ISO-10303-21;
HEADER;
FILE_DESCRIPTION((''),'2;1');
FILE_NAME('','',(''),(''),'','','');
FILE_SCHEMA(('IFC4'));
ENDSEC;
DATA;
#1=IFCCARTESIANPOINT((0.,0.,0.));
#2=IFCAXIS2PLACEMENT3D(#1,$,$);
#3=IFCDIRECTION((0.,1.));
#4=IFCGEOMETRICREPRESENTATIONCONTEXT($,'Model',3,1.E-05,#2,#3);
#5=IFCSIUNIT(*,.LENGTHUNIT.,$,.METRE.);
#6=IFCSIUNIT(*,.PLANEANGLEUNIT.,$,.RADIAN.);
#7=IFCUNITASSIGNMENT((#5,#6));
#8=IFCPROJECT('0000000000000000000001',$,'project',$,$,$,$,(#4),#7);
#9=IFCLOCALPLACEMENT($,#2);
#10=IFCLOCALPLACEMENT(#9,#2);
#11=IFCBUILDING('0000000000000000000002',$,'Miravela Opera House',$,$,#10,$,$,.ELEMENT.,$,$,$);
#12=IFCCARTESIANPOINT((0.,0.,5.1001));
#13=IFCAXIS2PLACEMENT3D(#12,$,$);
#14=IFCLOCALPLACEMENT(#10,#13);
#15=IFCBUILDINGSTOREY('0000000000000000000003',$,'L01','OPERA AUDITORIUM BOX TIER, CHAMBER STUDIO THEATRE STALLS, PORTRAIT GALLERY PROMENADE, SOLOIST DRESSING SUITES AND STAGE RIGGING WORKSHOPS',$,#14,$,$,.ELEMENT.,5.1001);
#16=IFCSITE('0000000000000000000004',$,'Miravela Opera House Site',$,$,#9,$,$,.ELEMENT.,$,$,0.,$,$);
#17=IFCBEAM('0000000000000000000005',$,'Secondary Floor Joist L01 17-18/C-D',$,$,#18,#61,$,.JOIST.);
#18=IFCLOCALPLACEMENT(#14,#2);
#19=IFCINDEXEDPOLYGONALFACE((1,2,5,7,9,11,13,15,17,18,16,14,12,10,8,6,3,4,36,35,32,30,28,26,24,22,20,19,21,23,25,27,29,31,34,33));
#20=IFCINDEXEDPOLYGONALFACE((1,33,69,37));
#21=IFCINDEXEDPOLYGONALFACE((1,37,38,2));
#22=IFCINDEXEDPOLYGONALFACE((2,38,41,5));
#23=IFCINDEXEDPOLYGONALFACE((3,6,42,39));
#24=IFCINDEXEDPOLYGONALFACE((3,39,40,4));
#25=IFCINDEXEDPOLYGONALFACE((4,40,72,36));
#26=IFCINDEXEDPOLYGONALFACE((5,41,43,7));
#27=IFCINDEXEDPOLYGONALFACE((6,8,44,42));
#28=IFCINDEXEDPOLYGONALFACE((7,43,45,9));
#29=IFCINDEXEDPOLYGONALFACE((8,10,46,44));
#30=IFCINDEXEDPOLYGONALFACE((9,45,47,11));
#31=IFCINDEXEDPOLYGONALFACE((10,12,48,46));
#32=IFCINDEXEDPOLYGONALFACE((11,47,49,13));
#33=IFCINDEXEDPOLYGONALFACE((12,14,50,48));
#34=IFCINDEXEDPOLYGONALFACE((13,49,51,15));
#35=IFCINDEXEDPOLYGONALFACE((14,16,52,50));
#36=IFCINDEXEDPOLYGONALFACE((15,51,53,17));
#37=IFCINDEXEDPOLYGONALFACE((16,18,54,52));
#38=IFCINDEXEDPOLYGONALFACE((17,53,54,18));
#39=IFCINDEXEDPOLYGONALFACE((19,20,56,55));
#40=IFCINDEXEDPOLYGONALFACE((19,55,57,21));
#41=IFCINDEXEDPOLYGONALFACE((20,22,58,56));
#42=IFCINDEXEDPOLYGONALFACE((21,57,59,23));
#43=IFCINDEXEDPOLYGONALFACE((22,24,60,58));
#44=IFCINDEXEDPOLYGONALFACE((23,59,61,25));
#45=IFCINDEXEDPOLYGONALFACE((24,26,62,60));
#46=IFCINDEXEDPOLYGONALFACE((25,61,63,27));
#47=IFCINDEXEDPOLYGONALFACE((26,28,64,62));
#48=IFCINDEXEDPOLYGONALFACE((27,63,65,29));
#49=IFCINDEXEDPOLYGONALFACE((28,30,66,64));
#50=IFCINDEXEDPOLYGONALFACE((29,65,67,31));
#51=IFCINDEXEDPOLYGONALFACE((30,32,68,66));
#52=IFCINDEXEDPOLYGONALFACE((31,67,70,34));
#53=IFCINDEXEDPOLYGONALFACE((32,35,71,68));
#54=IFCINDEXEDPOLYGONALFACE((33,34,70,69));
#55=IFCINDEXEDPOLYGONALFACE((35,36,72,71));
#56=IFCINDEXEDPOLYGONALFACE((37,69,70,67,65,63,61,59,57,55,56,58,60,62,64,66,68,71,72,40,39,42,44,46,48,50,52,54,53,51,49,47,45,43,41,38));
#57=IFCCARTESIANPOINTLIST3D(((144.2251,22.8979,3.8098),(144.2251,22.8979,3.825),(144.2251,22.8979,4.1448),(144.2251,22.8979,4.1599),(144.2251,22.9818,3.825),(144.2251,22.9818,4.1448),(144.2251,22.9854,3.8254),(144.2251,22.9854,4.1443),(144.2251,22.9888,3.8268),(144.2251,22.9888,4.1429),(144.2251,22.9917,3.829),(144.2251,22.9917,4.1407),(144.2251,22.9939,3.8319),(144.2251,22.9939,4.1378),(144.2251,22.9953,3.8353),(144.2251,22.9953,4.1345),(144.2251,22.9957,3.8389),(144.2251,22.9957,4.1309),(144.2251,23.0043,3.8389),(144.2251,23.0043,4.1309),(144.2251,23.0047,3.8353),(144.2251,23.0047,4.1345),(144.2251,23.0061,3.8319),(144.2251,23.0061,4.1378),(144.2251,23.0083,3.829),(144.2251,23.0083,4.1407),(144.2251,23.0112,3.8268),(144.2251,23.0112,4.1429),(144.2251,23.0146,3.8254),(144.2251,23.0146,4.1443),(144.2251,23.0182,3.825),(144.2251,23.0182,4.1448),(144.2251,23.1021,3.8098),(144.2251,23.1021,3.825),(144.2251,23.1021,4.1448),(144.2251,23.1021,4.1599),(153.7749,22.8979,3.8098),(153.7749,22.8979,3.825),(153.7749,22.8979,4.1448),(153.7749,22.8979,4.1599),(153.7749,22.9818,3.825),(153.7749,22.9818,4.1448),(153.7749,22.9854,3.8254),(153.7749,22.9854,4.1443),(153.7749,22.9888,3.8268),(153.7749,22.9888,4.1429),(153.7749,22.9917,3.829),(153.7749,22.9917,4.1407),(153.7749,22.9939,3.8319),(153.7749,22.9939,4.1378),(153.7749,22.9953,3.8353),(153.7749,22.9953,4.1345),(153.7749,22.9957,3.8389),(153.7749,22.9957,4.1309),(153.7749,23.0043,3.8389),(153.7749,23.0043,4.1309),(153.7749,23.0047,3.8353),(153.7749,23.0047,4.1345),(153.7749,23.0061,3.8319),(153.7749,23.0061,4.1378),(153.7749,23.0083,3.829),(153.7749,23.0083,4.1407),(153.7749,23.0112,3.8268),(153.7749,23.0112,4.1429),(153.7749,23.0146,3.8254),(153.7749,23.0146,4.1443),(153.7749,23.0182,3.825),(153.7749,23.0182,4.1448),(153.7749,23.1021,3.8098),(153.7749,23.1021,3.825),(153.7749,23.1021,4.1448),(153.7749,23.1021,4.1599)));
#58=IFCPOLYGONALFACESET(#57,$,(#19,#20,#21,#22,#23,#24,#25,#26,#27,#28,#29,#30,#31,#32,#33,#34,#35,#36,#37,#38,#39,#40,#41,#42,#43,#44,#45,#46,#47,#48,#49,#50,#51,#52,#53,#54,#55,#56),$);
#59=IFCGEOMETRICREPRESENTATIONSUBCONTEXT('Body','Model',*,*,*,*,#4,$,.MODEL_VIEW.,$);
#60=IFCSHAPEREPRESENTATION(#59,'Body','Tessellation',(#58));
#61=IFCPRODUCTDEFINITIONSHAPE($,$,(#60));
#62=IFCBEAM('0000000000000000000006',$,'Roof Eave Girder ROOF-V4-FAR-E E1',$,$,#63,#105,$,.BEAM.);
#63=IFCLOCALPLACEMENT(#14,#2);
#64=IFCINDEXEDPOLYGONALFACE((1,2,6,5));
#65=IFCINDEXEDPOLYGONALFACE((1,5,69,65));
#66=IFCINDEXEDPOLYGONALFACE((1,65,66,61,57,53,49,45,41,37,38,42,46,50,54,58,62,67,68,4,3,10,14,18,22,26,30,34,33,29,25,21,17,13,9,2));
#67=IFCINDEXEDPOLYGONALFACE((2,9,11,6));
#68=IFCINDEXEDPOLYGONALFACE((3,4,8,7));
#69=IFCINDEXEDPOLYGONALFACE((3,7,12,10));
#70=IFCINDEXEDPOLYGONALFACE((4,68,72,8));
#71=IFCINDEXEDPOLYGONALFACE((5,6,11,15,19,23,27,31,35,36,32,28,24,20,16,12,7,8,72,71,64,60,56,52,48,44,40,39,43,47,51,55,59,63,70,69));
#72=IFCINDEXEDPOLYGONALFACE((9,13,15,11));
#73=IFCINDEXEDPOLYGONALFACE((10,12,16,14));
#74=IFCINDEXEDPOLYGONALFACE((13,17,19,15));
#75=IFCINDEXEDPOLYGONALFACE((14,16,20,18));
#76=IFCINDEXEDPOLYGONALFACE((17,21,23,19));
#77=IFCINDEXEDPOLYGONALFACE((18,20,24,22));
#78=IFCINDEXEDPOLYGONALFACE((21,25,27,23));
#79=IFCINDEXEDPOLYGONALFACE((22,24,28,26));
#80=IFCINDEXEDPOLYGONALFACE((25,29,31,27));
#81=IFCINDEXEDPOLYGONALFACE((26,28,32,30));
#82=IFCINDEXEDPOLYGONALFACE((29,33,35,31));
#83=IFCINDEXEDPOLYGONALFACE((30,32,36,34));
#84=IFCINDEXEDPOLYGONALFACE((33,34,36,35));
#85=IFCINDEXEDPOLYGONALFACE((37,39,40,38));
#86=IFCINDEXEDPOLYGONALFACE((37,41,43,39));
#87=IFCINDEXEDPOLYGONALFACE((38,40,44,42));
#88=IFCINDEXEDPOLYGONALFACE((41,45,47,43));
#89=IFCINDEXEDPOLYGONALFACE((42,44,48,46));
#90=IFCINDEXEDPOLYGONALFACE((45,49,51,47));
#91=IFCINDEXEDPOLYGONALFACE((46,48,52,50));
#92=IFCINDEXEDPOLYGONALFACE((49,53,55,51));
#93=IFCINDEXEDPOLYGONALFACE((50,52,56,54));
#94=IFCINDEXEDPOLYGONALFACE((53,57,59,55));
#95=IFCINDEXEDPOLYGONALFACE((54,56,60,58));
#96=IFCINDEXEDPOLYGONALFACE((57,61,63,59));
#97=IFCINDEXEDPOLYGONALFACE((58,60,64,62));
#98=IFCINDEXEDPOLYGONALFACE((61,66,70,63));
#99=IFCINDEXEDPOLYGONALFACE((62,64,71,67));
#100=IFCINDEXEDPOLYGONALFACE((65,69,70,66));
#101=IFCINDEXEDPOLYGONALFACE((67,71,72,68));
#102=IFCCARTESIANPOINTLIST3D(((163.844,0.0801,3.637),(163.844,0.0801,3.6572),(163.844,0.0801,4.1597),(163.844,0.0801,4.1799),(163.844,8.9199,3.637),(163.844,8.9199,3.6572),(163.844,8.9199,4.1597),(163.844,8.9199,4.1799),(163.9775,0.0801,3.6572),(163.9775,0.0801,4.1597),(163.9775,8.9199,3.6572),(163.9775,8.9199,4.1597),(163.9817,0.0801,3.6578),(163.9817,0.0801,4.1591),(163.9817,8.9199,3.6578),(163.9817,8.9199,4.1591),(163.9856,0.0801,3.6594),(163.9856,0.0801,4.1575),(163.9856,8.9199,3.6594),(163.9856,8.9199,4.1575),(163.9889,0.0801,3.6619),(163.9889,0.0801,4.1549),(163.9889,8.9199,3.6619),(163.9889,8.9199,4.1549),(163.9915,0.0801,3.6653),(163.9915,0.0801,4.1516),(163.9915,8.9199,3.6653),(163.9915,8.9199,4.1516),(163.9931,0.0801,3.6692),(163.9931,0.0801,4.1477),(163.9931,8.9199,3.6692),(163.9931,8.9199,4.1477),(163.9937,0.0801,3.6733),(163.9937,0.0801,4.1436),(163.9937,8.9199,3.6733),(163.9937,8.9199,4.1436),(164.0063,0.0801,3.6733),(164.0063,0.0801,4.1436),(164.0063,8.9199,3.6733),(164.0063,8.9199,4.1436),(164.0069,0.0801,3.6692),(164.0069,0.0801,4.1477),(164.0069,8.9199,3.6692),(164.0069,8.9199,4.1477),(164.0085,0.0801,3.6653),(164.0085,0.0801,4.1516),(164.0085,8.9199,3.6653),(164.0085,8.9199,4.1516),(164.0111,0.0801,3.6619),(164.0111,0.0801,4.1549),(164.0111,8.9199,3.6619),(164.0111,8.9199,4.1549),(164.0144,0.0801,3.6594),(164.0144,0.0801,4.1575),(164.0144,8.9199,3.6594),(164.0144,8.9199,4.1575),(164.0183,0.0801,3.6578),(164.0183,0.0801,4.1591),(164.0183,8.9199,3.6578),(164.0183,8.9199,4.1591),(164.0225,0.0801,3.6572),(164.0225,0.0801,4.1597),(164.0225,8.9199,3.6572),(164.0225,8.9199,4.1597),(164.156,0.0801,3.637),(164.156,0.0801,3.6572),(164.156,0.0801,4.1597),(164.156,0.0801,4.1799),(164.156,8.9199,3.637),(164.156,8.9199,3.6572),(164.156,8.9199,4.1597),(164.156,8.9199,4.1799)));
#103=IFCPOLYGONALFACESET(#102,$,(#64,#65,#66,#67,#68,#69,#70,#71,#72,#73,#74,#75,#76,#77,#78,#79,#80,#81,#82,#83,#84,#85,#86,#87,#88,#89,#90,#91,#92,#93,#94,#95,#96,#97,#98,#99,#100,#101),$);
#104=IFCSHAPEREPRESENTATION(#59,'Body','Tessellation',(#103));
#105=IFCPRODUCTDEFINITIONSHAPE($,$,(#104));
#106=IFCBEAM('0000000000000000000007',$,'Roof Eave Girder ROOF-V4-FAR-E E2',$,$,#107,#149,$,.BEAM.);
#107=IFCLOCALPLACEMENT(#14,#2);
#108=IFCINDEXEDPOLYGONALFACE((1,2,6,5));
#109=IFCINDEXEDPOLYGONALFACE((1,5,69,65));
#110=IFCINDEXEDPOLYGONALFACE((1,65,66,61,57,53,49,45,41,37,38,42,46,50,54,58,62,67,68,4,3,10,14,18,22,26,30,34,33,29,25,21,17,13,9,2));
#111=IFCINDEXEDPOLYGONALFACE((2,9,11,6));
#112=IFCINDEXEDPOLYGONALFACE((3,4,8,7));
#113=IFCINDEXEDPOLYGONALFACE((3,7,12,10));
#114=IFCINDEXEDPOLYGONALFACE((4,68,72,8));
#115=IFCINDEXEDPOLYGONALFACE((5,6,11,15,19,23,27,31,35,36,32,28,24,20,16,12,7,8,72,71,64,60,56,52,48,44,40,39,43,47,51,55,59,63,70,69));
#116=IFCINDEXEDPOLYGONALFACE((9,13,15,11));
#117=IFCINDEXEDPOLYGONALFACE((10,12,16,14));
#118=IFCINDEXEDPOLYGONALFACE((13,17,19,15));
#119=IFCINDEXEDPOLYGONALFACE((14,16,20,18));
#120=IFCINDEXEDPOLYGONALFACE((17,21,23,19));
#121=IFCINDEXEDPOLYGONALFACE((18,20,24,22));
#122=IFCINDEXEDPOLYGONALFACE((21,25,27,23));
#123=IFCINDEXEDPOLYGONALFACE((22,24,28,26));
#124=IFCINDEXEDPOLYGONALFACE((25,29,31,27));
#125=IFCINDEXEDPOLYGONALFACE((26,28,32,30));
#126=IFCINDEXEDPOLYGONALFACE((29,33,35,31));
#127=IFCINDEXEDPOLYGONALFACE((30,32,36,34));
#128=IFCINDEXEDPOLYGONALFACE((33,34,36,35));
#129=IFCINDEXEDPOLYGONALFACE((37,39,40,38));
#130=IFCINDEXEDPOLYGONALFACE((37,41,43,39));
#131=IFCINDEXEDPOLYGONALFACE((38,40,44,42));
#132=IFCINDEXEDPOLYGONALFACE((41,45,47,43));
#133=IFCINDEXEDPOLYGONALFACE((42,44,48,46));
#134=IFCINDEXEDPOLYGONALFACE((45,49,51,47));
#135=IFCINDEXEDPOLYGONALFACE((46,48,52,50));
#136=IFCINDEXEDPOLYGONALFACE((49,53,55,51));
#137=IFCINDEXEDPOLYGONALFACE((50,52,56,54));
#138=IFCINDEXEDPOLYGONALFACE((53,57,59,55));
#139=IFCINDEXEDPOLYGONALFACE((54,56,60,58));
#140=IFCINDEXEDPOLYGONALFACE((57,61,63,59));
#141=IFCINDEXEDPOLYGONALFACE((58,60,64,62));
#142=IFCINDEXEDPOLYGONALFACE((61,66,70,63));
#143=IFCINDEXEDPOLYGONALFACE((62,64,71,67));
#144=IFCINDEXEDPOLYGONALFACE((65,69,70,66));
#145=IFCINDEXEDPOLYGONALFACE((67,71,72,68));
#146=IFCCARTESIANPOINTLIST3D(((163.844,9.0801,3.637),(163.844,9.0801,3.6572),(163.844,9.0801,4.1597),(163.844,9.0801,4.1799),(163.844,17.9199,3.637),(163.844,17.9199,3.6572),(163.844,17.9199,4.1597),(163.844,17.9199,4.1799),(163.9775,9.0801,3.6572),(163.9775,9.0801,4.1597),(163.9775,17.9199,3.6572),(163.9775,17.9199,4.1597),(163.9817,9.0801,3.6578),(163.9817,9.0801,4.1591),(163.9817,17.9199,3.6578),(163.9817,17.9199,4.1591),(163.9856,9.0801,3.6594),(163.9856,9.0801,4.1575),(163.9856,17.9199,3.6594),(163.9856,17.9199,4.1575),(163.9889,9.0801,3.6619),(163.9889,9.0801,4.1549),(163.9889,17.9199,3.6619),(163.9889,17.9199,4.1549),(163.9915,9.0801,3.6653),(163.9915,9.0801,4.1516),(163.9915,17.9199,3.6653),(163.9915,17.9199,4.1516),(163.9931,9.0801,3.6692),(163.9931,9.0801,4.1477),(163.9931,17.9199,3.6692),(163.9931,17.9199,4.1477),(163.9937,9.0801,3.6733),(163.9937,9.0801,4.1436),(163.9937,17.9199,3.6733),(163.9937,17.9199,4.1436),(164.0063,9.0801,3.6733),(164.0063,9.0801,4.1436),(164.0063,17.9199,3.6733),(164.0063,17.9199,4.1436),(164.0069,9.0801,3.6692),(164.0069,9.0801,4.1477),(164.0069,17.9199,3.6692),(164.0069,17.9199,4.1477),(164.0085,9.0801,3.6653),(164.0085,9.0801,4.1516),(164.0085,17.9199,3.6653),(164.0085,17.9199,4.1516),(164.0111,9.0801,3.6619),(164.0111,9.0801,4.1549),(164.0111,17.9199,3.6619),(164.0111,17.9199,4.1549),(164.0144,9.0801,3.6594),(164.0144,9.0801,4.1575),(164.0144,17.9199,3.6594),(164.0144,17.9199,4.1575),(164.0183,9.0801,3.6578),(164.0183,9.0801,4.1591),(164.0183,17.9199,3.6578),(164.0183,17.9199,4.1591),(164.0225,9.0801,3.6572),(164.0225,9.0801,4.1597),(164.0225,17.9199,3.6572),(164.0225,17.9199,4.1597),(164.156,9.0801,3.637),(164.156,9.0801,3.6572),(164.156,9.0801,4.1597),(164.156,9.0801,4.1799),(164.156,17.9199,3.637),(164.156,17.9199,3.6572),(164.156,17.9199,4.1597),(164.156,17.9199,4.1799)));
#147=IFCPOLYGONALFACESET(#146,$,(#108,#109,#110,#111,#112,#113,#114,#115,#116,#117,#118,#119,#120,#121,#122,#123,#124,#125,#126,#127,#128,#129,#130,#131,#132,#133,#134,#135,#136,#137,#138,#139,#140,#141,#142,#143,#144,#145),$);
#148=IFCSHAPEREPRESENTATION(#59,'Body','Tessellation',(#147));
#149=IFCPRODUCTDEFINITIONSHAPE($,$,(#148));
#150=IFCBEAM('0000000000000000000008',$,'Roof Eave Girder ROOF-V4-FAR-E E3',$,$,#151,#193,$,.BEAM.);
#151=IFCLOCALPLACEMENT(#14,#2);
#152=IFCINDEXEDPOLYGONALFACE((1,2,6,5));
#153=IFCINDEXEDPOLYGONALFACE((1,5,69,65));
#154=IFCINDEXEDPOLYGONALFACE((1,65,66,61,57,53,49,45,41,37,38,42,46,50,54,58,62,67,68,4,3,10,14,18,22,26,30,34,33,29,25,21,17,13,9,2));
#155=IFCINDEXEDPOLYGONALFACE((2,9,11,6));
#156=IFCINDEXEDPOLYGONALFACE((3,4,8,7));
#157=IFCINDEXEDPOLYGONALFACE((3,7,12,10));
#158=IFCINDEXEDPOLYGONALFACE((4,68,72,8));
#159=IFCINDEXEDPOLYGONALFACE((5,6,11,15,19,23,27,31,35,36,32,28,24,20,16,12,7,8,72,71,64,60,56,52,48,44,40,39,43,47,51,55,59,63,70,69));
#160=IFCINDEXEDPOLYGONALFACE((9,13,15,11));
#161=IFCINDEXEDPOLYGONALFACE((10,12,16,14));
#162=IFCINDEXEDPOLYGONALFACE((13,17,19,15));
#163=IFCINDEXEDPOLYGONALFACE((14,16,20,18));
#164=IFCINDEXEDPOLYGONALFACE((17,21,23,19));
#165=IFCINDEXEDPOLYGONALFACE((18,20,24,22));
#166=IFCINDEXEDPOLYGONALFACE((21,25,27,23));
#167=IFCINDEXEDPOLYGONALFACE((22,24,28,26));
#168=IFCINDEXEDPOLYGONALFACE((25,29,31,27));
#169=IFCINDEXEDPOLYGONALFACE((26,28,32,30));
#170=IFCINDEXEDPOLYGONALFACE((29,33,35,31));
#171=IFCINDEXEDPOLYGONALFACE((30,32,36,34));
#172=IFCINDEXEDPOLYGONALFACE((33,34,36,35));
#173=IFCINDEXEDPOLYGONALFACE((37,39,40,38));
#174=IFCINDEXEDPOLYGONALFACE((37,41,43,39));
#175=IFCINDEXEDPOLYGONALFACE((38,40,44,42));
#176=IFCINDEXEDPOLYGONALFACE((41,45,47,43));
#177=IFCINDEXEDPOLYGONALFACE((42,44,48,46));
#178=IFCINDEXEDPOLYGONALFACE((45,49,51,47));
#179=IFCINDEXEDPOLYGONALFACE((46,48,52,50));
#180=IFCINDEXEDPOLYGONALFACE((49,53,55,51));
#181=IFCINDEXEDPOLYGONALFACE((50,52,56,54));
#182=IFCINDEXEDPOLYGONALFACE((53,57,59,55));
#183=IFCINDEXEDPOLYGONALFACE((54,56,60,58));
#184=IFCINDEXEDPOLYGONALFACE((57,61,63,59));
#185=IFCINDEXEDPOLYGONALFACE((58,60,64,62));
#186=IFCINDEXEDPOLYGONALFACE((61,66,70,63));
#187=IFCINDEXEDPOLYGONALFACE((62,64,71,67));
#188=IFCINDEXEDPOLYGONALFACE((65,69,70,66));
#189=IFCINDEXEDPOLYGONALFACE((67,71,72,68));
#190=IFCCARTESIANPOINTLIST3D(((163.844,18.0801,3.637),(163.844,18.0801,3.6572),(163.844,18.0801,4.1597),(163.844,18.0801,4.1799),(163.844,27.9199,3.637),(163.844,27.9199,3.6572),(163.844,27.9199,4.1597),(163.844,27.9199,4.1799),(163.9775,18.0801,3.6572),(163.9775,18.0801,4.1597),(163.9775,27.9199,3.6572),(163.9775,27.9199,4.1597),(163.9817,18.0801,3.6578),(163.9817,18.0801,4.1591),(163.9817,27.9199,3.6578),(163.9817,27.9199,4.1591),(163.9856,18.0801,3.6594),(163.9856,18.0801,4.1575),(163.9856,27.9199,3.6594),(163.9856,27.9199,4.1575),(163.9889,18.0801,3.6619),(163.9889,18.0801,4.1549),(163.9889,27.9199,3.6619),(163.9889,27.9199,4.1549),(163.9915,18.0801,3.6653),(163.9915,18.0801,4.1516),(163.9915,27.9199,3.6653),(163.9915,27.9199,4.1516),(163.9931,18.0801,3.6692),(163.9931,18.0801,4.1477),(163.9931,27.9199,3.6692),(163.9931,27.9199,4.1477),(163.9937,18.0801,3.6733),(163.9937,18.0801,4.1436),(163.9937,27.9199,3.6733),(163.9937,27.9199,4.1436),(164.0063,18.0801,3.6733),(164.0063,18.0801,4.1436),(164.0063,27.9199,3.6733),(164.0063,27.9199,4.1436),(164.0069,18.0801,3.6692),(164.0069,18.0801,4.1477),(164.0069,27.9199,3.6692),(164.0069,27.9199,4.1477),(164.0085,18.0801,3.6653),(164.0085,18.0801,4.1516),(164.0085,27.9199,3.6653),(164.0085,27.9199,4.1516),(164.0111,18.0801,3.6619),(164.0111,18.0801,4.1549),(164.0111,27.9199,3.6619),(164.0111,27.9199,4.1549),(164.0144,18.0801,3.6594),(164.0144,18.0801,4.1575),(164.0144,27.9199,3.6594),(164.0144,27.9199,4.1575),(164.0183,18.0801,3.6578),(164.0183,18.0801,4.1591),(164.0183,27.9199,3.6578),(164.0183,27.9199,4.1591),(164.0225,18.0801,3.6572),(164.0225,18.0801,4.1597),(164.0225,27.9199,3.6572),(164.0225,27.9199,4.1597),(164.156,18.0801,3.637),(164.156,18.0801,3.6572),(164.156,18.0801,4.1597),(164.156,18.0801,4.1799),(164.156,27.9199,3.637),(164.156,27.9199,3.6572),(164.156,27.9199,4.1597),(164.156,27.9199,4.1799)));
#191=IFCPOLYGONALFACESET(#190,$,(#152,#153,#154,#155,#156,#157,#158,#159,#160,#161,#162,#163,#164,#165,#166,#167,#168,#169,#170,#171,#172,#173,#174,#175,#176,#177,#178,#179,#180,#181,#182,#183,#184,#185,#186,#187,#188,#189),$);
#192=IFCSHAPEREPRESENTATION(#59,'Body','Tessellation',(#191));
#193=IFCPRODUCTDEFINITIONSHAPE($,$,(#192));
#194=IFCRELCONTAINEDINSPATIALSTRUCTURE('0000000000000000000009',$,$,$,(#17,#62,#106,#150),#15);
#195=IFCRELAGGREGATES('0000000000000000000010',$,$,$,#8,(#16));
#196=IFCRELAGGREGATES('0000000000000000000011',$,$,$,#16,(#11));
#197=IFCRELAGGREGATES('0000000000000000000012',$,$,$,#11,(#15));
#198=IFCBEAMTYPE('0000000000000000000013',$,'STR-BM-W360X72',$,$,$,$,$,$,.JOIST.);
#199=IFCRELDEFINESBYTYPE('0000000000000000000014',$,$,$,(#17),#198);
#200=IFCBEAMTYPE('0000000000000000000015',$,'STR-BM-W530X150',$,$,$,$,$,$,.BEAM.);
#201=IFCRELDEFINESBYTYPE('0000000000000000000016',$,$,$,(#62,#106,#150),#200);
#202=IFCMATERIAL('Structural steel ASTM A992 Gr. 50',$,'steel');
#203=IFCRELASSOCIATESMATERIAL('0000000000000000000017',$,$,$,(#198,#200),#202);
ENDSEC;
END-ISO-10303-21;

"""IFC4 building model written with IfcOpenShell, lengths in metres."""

from ifc_helpers import new_model, si_unit, direction, frame, origin, origin_2d, place, context, subcontext, project, spatial, i_section, extrude, material, material_profile, profile_set, type_object, element, save


model = new_model("IFC4")

# Units and contexts
model_context = context("Model", 3, precision=1e-05, world=origin(), true_north=direction((0.0, 1.0)))
body_context = subcontext(model_context, "Body", "Model", "MODEL_VIEW")
ifc_project = project(units=[si_unit("LENGTHUNIT", "METRE"), si_unit("PLANEANGLEUNIT", "RADIAN")], contexts=[model_context])

# Site, building, storey
site_placement = place(None, origin())
site = spatial("IfcSite", under=ifc_project, at=site_placement, Name="Miravela Opera House Site", CompositionType="ELEMENT", RefElevation=0.0)
building_placement = place(site_placement, origin())
building = spatial("IfcBuilding", under=site, at=building_placement, Name="Miravela Opera House", CompositionType="ELEMENT")
storey_placement = place(building_placement, frame((0.0, 0.0, 5.1001)))
storey = spatial("IfcBuildingStorey", under=building, at=storey_placement, Name="L01", Description="OPERA AUDITORIUM BOX TIER, CHAMBER STUDIO THEATRE STALLS, PORTRAIT GALLERY PROMENADE, SOLOIST DRESSING SUITES AND STAGE RIGGING WORKSHOPS", CompositionType="ELEMENT", Elevation=5.1001)

# Beams
ifc_material_1 = material(Name="Structural steel ASTM A992 Gr. 50", Category="steel")
ifc_material_profile_1 = material_profile(ifc_material_1, i_section(OverallWidth=0.2041, OverallDepth=0.3501, WebThickness=0.0085, FlangeThickness=0.0151, FilletRadius=0.0139, at=origin_2d()), Name="W360X72")
ifc_profile_set_1 = profile_set([ifc_material_profile_1])
beam_type_1 = type_object("IfcBeamType", Name="STR-BM-W360X72", PredefinedType="JOIST", material=ifc_profile_set_1)
beam_1_placement = place(storey_placement, frame((144.2251, 23.0, 3.9849), z_axis=(1.0, 0.0, 0.0), x_axis=(0.0, 1.0, 0.0)))
element("IfcBeam", 1, at=beam_1_placement, inside=storey, type_object=beam_type_1, Name="Secondary Floor Joist L01 17-18/C-D", PredefinedType="JOIST", context=body_context, shape_type="SweptSolid", body=[
    extrude(i_section(OverallWidth=0.2041, OverallDepth=0.3501, WebThickness=0.0085, FlangeThickness=0.0151, FilletRadius=0.0139, at=origin_2d()), origin(), (0.0, 0.0, 1.0), 9.5498),
])
ifc_material_profile_2 = material_profile(ifc_material_1, i_section(OverallWidth=0.312, OverallDepth=0.543, WebThickness=0.0127, FlangeThickness=0.0203, FilletRadius=0.0161, at=origin_2d()), Name="W530X150")
ifc_profile_set_2 = profile_set([ifc_material_profile_2])
beam_type_2 = type_object("IfcBeamType", Name="STR-BM-W530X150", PredefinedType="BEAM", material=ifc_profile_set_2)
for number, where, z_axis, x_axis, name in (
    (2, (164.0, 0.0801, 3.9084), (0.0, 1.0, 0.0), (-1.0, 0.0, 0.0), "Roof Eave Girder ROOF-V4-FAR-E E1"),
    (3, (164.0, 9.0801, 3.9084), (0.0, 1.0, 0.0), (-1.0, 0.0, 0.0), "Roof Eave Girder ROOF-V4-FAR-E E2"),
):
    element("IfcBeam", number, at=place(storey_placement, frame(where, z_axis=z_axis, x_axis=x_axis)), inside=storey, type_object=beam_type_2, Name=name, PredefinedType="BEAM", context=body_context, shape_type="SweptSolid", body=[
        extrude(i_section(OverallWidth=0.312, OverallDepth=0.543, WebThickness=0.0127, FlangeThickness=0.0203, FilletRadius=0.0161, at=origin_2d()), origin(), (0.0, 0.0, 1.0), 8.8398),
    ])
for number, where, z_axis, x_axis, name in (
    (4, (164.0, 18.0801, 3.9084), (0.0, 1.0, 0.0), (-1.0, 0.0, 0.0), "Roof Eave Girder ROOF-V4-FAR-E E3"),
):
    element("IfcBeam", number, at=place(storey_placement, frame(where, z_axis=z_axis, x_axis=x_axis)), inside=storey, type_object=beam_type_2, Name=name, PredefinedType="BEAM", context=body_context, shape_type="SweptSolid", body=[
        extrude(i_section(OverallWidth=0.312, OverallDepth=0.543, WebThickness=0.0127, FlangeThickness=0.0203, FilletRadius=0.0161, at=origin_2d()), origin(), (0.0, 0.0, 1.0), 9.8398),
    ])

save(model, "model.ifc")
